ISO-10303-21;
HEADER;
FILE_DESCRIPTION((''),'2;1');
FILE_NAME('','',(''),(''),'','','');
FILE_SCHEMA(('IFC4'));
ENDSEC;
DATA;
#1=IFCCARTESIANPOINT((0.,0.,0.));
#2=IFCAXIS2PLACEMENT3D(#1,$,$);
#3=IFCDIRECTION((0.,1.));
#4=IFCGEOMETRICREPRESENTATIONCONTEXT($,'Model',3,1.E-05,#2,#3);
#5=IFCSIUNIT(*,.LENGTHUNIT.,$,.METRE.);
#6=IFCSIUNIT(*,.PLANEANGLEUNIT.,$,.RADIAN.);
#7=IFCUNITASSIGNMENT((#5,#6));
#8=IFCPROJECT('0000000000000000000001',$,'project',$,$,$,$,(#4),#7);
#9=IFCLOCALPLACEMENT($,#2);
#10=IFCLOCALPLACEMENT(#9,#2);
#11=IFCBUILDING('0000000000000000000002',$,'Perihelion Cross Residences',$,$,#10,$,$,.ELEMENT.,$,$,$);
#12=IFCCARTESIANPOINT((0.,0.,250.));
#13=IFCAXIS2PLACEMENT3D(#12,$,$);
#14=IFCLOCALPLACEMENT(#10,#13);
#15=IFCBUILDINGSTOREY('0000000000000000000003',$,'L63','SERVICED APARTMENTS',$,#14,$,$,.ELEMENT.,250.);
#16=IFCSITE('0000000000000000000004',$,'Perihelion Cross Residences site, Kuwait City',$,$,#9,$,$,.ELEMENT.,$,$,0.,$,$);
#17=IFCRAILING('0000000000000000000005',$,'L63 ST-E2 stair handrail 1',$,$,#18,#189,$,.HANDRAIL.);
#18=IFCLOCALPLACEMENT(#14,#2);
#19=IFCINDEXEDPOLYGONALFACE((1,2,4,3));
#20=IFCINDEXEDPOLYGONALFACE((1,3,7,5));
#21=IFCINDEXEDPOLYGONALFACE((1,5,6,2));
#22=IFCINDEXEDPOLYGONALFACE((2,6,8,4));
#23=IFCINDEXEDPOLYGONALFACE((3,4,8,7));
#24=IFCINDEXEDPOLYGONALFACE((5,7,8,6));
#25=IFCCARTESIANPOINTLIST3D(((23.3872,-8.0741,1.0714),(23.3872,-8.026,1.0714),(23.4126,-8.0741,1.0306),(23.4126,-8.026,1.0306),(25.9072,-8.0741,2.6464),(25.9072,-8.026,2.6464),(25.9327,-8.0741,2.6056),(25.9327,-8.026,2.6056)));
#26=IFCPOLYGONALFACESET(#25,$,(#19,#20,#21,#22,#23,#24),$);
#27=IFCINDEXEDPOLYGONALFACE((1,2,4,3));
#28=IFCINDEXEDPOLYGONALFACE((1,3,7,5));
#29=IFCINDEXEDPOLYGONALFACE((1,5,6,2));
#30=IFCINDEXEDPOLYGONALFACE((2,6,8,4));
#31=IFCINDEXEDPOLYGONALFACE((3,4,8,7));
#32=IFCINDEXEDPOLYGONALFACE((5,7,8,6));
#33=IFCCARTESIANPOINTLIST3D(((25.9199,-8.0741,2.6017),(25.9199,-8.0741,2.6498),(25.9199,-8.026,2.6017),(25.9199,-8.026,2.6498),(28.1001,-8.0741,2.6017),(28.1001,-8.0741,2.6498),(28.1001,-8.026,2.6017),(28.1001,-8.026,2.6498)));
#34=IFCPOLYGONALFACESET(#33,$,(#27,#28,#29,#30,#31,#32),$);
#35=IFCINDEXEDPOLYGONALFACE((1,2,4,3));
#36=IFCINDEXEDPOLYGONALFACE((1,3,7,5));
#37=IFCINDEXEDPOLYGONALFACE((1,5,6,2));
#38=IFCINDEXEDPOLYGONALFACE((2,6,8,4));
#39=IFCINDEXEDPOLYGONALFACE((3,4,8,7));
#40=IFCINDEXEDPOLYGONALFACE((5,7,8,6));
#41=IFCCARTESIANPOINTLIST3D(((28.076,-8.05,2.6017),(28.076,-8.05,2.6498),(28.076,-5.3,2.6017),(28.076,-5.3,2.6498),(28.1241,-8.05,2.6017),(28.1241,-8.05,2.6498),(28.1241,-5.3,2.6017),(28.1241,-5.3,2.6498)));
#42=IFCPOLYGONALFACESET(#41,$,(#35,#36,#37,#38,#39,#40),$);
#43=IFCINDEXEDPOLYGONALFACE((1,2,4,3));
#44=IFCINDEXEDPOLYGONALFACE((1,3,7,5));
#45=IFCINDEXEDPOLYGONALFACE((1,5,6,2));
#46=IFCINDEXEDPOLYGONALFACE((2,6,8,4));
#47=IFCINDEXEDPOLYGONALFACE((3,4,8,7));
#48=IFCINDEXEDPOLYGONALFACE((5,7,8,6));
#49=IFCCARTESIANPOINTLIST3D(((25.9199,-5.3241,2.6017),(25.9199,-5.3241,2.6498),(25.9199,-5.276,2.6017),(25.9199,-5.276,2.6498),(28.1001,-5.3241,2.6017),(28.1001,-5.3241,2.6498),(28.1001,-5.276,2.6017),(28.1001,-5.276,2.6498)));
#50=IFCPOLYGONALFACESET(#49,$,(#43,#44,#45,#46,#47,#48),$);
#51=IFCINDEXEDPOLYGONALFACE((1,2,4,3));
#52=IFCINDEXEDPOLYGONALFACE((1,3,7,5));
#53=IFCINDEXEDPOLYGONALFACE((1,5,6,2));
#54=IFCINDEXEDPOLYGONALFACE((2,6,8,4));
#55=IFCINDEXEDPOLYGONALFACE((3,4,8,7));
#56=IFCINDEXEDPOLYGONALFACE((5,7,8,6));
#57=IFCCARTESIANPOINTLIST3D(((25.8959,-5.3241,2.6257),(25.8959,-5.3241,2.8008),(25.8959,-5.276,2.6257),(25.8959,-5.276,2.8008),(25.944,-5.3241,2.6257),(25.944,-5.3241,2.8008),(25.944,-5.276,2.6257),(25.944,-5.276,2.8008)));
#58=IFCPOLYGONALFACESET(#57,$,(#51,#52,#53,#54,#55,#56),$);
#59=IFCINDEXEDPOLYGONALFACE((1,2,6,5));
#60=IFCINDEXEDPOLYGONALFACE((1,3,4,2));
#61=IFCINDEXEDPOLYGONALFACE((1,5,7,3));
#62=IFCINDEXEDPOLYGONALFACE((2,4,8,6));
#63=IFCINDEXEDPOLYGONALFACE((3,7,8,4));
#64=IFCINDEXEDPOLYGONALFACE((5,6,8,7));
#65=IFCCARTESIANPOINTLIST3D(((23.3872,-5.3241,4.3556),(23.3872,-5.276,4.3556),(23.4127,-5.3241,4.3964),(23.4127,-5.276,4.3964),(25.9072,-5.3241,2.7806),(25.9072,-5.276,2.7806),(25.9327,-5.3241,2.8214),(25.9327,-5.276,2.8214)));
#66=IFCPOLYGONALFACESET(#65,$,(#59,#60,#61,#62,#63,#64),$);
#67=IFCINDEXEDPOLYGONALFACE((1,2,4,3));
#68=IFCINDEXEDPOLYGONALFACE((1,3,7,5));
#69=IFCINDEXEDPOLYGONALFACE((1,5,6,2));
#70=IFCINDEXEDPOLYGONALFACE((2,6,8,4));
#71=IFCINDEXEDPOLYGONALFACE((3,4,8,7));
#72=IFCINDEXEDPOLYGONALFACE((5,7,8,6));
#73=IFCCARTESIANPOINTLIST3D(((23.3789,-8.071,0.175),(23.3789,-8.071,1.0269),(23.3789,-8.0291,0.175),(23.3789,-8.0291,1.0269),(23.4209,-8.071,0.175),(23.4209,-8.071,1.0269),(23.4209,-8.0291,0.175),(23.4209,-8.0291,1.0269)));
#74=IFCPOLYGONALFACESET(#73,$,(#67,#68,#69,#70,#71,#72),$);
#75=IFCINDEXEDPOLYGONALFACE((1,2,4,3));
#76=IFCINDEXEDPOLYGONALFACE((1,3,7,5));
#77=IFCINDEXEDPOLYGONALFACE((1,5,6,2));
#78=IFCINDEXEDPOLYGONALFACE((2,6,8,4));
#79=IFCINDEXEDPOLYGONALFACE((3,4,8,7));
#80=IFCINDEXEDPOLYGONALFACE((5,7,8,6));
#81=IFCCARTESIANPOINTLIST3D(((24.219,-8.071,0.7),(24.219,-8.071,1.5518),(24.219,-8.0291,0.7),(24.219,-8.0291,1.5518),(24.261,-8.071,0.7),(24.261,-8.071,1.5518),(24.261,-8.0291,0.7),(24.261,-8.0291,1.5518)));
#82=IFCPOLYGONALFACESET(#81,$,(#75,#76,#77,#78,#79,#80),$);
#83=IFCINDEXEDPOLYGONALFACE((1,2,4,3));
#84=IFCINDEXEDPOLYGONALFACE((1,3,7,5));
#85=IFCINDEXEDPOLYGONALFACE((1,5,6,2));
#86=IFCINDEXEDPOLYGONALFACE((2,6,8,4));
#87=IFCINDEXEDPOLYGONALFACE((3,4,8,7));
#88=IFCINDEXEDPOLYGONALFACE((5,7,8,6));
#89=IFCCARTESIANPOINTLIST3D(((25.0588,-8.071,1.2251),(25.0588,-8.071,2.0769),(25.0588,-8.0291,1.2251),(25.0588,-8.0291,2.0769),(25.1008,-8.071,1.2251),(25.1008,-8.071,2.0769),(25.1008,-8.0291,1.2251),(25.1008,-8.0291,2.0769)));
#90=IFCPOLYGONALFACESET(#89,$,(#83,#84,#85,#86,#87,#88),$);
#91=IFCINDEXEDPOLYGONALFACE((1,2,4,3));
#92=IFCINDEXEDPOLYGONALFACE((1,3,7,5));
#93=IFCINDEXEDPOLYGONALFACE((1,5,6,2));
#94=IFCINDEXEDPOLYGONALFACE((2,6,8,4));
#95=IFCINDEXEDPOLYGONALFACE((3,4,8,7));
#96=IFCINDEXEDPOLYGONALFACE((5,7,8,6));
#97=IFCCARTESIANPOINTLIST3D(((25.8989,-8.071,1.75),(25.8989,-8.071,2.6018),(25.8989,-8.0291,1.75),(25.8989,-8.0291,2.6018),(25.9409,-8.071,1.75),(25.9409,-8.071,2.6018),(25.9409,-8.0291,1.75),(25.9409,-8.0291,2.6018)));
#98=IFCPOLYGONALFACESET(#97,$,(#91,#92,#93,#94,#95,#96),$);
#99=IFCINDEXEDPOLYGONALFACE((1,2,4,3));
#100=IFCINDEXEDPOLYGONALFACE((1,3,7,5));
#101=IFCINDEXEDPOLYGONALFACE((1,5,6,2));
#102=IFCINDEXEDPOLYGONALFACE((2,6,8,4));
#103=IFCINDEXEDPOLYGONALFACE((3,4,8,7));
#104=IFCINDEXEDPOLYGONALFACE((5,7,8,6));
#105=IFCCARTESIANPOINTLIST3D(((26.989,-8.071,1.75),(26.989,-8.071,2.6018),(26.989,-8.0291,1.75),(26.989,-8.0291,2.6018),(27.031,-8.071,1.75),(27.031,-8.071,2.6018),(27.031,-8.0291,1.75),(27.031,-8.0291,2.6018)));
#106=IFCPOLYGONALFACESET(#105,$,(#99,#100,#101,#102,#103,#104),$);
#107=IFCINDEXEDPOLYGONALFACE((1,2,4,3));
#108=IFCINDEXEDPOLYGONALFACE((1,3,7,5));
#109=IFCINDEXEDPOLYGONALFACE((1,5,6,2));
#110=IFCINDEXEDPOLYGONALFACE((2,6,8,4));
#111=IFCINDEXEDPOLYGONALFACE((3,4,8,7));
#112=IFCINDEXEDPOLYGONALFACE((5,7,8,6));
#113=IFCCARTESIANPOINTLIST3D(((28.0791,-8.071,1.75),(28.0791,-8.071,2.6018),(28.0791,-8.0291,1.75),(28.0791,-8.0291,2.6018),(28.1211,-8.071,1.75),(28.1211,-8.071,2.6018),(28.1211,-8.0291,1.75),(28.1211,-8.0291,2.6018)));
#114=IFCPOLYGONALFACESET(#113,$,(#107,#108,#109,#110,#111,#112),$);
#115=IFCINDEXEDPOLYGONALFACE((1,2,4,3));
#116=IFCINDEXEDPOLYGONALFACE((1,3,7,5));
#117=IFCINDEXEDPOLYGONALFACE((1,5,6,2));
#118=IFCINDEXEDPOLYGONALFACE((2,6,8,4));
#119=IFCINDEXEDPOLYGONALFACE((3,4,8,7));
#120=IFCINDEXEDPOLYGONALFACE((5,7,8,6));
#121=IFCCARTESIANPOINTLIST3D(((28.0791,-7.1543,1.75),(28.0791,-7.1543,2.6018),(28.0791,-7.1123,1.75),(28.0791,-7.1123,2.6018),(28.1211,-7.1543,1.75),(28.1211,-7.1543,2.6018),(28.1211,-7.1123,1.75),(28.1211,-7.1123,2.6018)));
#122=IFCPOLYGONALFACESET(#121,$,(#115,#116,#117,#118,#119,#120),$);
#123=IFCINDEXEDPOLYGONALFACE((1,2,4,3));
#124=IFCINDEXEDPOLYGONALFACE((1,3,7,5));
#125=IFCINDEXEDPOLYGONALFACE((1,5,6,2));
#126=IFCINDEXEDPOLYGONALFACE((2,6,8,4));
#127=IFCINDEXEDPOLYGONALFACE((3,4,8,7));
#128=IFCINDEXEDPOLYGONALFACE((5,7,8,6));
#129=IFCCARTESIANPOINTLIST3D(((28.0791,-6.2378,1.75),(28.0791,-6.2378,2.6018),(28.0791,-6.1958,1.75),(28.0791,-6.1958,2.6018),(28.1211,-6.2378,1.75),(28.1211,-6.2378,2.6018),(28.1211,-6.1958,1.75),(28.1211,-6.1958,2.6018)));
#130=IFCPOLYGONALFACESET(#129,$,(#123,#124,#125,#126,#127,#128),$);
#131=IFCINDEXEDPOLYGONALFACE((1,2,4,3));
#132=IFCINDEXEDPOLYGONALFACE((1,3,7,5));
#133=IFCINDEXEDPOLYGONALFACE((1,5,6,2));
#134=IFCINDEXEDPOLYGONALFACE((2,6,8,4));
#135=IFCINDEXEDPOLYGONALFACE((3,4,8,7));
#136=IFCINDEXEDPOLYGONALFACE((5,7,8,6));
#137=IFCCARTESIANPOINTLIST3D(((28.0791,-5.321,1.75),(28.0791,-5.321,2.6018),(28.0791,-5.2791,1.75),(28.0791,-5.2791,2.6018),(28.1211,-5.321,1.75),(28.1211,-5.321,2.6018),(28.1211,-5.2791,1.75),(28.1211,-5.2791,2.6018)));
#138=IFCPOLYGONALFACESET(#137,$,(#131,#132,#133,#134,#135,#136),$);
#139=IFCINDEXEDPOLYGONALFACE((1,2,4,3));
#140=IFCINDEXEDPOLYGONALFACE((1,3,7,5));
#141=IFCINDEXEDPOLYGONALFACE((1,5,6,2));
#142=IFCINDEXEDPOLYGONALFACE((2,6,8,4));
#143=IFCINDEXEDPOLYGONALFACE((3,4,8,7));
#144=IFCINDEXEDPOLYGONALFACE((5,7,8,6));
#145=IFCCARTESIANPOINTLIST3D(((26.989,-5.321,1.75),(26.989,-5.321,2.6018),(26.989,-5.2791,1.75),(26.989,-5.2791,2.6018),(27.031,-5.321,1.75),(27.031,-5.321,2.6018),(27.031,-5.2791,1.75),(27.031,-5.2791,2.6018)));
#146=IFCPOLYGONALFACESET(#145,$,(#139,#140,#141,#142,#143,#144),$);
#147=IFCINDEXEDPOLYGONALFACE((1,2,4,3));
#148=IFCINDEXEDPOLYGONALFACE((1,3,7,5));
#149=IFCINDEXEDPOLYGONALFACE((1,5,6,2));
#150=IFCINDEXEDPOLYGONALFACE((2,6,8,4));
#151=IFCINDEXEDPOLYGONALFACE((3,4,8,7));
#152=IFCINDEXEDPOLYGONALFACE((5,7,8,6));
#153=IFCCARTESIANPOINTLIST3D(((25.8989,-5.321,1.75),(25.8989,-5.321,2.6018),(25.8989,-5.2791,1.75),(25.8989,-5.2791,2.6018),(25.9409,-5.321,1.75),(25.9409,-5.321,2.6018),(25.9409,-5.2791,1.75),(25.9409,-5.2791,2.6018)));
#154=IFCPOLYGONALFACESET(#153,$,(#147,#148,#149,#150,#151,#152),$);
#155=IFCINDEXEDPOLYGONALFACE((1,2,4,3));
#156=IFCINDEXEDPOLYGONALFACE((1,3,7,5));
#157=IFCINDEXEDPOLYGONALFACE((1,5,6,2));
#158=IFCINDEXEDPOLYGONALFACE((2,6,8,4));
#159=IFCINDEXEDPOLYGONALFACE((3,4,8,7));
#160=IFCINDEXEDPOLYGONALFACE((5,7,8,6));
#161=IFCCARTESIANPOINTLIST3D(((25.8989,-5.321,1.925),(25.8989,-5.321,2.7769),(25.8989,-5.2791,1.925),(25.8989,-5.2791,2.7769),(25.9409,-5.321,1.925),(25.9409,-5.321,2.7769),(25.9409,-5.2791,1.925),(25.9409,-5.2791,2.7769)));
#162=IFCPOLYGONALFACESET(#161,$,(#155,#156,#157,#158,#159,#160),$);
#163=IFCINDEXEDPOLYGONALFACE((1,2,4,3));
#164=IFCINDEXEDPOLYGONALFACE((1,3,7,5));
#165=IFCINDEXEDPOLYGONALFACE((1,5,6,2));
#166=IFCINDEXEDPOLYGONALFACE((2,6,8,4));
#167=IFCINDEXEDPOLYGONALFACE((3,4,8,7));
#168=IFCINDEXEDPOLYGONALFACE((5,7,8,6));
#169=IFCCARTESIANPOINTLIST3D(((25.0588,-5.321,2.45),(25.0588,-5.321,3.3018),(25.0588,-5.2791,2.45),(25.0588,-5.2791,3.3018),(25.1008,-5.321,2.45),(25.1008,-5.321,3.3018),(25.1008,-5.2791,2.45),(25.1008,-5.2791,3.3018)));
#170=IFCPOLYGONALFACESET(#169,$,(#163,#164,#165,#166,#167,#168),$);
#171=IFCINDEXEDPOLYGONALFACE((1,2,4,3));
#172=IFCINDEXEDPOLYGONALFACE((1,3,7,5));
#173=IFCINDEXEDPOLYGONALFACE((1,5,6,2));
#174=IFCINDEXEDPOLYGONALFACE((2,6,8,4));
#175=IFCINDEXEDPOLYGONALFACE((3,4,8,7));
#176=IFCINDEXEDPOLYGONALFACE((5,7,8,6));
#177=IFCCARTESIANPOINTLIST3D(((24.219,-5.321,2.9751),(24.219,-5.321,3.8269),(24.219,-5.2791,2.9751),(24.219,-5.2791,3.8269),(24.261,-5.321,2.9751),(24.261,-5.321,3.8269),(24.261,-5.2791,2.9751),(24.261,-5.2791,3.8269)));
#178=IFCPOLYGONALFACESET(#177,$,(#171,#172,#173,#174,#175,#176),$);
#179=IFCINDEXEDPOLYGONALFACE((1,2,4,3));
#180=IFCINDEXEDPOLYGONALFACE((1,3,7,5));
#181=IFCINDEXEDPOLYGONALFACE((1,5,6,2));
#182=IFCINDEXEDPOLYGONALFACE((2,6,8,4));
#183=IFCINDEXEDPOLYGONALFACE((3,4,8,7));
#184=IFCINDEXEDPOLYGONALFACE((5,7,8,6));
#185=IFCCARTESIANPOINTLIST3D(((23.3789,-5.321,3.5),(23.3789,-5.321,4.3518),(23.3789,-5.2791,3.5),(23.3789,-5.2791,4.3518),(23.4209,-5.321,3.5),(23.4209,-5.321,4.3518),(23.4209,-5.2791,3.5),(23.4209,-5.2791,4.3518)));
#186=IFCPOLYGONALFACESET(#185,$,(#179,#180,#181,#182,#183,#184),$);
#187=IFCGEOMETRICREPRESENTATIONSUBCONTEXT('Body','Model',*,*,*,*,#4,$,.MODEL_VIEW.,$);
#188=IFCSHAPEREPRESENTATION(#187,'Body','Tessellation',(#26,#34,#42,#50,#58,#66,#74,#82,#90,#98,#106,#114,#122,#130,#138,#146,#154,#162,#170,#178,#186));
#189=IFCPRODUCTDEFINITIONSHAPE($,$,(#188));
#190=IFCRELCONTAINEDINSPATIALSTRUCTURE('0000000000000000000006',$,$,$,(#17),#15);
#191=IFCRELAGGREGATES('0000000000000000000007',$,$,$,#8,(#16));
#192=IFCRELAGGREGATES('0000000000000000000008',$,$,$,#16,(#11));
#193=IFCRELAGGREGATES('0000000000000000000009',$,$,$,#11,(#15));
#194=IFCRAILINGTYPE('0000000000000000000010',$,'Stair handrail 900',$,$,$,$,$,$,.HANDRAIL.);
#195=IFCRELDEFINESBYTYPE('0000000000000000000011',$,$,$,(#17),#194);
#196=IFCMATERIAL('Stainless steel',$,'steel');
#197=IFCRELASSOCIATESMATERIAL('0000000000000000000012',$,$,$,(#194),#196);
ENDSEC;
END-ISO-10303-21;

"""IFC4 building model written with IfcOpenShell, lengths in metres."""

from ifc_helpers import new_model, si_unit, direction, frame, origin, origin_2d, place, context, subcontext, project, spatial, rectangle, extrude, material, type_object, element, save


model = new_model("IFC4")

# Units and contexts
model_context = context("Model", 3, precision=1e-05, world=origin(), true_north=direction((0.0, 1.0)))
body_context = subcontext(model_context, "Body", "Model", "MODEL_VIEW")
ifc_project = project(units=[si_unit("LENGTHUNIT", "METRE"), si_unit("PLANEANGLEUNIT", "RADIAN")], contexts=[model_context])

# Site, building, storey
site_placement = place(None, origin())
site = spatial("IfcSite", under=ifc_project, at=site_placement, Name="Perihelion Cross Residences site, Kuwait City", CompositionType="ELEMENT", RefElevation=0.0)
building_placement = place(site_placement, origin())
building = spatial("IfcBuilding", under=site, at=building_placement, Name="Perihelion Cross Residences", CompositionType="ELEMENT")
storey_placement = place(building_placement, frame((0.0, 0.0, 250.0)))
storey = spatial("IfcBuildingStorey", under=building, at=storey_placement, Name="L63", Description="SERVICED APARTMENTS", CompositionType="ELEMENT", Elevation=250.0)

# Railing
ifc_material_1 = material(Name="Stainless steel", Category="steel")
railing_type_1 = type_object("IfcRailingType", Name="Stair handrail 900", PredefinedType="HANDRAIL", material=ifc_material_1)
railing_1_placement = place(storey_placement, frame((23.3999, -8.05, 0.175)))
element("IfcRailing", 1, at=railing_1_placement, inside=storey, type_object=railing_type_1, Name="L63 ST-E2 stair handrail 1", PredefinedType="HANDRAIL", context=body_context, shape_type="SweptSolid", body=[
    extrude(rectangle(XDim=0.0481, YDim=0.0481, at=origin_2d()), frame((0.0, 0.0, 0.876), z_axis=(0.848008, 0.0, 0.529984), x_axis=(0.0, 1.0, 0.0)), (0.0, 0.0, 1.0), 2.9717),
    extrude(rectangle(XDim=0.0481, YDim=0.0481, at=origin_2d()), frame((2.52, 0.0, 2.4507), z_axis=(1.0, 0.0, 0.0), x_axis=(0.0, 1.0, 0.0)), (0.0, 0.0, 1.0), 2.1802),
    extrude(rectangle(XDim=0.0481, YDim=0.0481, at=origin_2d()), frame((4.7002, 0.0, 2.4507), z_axis=(0.0, 1.0, 0.0), x_axis=(-1.0, 0.0, 0.0)), (0.0, 0.0, 1.0), 2.75),
    extrude(rectangle(XDim=0.0481, YDim=0.0481, at=origin_2d()), frame((4.7002, 2.75, 2.4507), z_axis=(-1.0, 0.0, 0.0), x_axis=(0.0, -1.0, 0.0)), (0.0, 0.0, 1.0), 2.1802),
    extrude(rectangle(XDim=0.0481, YDim=0.0481, at=origin_2d()), frame((2.52, 2.75, 2.4507), z_axis=(0.0, 0.0, 1.0), x_axis=(1.0, 0.0, 0.0)), (0.0, 0.0, 1.0), 0.175),
    extrude(rectangle(XDim=0.0481, YDim=0.0481, at=origin_2d()), frame((2.52, 2.75, 2.626), z_axis=(-0.848008, 0.0, 0.529984), x_axis=(0.0, -1.0, 0.0)), (0.0, 0.0, 1.0), 2.9717),
    extrude(rectangle(XDim=0.042, YDim=0.042, at=origin_2d()), origin(), (0.0, 0.0, 1.0), 0.8518),
    extrude(rectangle(XDim=0.042, YDim=0.042, at=origin_2d()), frame((0.8401, 0.0, 0.5249)), (0.0, 0.0, 1.0), 0.8518),
    extrude(rectangle(XDim=0.042, YDim=0.042, at=origin_2d()), frame((1.6799, 0.0, 1.05)), (0.0, 0.0, 1.0), 0.8518),
    extrude(rectangle(XDim=0.042, YDim=0.042, at=origin_2d()), frame((2.52, 0.0, 1.575)), (0.0, 0.0, 1.0), 0.8518),
    extrude(rectangle(XDim=0.042, YDim=0.042, at=origin_2d()), frame((3.6101, 0.0, 1.575)), (0.0, 0.0, 1.0), 0.8518),
    extrude(rectangle(XDim=0.042, YDim=0.042, at=origin_2d()), frame((4.7002, 0.0, 1.575)), (0.0, 0.0, 1.0), 0.8518),
    extrude(rectangle(XDim=0.042, YDim=0.042, at=origin_2d()), frame((4.7002, 0.9167, 1.575)), (0.0, 0.0, 1.0), 0.8518),
    extrude(rectangle(XDim=0.042, YDim=0.042, at=origin_2d()), frame((4.7002, 1.8333, 1.575)), (0.0, 0.0, 1.0), 0.8518),
    extrude(rectangle(XDim=0.042, YDim=0.042, at=origin_2d()), frame((4.7002, 2.75, 1.575)), (0.0, 0.0, 1.0), 0.8518),
    extrude(rectangle(XDim=0.042, YDim=0.042, at=origin_2d()), frame((3.6101, 2.75, 1.575)), (0.0, 0.0, 1.0), 0.8518),
    extrude(rectangle(XDim=0.042, YDim=0.042, at=origin_2d()), frame((2.52, 2.75, 1.575)), (0.0, 0.0, 1.0), 0.8518),
    extrude(rectangle(XDim=0.042, YDim=0.042, at=origin_2d()), frame((2.52, 2.75, 1.75)), (0.0, 0.0, 1.0), 0.8518),
    extrude(rectangle(XDim=0.042, YDim=0.042, at=origin_2d()), frame((1.6799, 2.75, 2.2749)), (0.0, 0.0, 1.0), 0.8518),
    extrude(rectangle(XDim=0.042, YDim=0.042, at=origin_2d()), frame((0.8401, 2.75, 2.8)), (0.0, 0.0, 1.0), 0.8518),
    extrude(rectangle(XDim=0.042, YDim=0.042, at=origin_2d()), frame((0.0, 2.75, 3.325)), (0.0, 0.0, 1.0), 0.8518),
])

save(model, "model.ifc")
